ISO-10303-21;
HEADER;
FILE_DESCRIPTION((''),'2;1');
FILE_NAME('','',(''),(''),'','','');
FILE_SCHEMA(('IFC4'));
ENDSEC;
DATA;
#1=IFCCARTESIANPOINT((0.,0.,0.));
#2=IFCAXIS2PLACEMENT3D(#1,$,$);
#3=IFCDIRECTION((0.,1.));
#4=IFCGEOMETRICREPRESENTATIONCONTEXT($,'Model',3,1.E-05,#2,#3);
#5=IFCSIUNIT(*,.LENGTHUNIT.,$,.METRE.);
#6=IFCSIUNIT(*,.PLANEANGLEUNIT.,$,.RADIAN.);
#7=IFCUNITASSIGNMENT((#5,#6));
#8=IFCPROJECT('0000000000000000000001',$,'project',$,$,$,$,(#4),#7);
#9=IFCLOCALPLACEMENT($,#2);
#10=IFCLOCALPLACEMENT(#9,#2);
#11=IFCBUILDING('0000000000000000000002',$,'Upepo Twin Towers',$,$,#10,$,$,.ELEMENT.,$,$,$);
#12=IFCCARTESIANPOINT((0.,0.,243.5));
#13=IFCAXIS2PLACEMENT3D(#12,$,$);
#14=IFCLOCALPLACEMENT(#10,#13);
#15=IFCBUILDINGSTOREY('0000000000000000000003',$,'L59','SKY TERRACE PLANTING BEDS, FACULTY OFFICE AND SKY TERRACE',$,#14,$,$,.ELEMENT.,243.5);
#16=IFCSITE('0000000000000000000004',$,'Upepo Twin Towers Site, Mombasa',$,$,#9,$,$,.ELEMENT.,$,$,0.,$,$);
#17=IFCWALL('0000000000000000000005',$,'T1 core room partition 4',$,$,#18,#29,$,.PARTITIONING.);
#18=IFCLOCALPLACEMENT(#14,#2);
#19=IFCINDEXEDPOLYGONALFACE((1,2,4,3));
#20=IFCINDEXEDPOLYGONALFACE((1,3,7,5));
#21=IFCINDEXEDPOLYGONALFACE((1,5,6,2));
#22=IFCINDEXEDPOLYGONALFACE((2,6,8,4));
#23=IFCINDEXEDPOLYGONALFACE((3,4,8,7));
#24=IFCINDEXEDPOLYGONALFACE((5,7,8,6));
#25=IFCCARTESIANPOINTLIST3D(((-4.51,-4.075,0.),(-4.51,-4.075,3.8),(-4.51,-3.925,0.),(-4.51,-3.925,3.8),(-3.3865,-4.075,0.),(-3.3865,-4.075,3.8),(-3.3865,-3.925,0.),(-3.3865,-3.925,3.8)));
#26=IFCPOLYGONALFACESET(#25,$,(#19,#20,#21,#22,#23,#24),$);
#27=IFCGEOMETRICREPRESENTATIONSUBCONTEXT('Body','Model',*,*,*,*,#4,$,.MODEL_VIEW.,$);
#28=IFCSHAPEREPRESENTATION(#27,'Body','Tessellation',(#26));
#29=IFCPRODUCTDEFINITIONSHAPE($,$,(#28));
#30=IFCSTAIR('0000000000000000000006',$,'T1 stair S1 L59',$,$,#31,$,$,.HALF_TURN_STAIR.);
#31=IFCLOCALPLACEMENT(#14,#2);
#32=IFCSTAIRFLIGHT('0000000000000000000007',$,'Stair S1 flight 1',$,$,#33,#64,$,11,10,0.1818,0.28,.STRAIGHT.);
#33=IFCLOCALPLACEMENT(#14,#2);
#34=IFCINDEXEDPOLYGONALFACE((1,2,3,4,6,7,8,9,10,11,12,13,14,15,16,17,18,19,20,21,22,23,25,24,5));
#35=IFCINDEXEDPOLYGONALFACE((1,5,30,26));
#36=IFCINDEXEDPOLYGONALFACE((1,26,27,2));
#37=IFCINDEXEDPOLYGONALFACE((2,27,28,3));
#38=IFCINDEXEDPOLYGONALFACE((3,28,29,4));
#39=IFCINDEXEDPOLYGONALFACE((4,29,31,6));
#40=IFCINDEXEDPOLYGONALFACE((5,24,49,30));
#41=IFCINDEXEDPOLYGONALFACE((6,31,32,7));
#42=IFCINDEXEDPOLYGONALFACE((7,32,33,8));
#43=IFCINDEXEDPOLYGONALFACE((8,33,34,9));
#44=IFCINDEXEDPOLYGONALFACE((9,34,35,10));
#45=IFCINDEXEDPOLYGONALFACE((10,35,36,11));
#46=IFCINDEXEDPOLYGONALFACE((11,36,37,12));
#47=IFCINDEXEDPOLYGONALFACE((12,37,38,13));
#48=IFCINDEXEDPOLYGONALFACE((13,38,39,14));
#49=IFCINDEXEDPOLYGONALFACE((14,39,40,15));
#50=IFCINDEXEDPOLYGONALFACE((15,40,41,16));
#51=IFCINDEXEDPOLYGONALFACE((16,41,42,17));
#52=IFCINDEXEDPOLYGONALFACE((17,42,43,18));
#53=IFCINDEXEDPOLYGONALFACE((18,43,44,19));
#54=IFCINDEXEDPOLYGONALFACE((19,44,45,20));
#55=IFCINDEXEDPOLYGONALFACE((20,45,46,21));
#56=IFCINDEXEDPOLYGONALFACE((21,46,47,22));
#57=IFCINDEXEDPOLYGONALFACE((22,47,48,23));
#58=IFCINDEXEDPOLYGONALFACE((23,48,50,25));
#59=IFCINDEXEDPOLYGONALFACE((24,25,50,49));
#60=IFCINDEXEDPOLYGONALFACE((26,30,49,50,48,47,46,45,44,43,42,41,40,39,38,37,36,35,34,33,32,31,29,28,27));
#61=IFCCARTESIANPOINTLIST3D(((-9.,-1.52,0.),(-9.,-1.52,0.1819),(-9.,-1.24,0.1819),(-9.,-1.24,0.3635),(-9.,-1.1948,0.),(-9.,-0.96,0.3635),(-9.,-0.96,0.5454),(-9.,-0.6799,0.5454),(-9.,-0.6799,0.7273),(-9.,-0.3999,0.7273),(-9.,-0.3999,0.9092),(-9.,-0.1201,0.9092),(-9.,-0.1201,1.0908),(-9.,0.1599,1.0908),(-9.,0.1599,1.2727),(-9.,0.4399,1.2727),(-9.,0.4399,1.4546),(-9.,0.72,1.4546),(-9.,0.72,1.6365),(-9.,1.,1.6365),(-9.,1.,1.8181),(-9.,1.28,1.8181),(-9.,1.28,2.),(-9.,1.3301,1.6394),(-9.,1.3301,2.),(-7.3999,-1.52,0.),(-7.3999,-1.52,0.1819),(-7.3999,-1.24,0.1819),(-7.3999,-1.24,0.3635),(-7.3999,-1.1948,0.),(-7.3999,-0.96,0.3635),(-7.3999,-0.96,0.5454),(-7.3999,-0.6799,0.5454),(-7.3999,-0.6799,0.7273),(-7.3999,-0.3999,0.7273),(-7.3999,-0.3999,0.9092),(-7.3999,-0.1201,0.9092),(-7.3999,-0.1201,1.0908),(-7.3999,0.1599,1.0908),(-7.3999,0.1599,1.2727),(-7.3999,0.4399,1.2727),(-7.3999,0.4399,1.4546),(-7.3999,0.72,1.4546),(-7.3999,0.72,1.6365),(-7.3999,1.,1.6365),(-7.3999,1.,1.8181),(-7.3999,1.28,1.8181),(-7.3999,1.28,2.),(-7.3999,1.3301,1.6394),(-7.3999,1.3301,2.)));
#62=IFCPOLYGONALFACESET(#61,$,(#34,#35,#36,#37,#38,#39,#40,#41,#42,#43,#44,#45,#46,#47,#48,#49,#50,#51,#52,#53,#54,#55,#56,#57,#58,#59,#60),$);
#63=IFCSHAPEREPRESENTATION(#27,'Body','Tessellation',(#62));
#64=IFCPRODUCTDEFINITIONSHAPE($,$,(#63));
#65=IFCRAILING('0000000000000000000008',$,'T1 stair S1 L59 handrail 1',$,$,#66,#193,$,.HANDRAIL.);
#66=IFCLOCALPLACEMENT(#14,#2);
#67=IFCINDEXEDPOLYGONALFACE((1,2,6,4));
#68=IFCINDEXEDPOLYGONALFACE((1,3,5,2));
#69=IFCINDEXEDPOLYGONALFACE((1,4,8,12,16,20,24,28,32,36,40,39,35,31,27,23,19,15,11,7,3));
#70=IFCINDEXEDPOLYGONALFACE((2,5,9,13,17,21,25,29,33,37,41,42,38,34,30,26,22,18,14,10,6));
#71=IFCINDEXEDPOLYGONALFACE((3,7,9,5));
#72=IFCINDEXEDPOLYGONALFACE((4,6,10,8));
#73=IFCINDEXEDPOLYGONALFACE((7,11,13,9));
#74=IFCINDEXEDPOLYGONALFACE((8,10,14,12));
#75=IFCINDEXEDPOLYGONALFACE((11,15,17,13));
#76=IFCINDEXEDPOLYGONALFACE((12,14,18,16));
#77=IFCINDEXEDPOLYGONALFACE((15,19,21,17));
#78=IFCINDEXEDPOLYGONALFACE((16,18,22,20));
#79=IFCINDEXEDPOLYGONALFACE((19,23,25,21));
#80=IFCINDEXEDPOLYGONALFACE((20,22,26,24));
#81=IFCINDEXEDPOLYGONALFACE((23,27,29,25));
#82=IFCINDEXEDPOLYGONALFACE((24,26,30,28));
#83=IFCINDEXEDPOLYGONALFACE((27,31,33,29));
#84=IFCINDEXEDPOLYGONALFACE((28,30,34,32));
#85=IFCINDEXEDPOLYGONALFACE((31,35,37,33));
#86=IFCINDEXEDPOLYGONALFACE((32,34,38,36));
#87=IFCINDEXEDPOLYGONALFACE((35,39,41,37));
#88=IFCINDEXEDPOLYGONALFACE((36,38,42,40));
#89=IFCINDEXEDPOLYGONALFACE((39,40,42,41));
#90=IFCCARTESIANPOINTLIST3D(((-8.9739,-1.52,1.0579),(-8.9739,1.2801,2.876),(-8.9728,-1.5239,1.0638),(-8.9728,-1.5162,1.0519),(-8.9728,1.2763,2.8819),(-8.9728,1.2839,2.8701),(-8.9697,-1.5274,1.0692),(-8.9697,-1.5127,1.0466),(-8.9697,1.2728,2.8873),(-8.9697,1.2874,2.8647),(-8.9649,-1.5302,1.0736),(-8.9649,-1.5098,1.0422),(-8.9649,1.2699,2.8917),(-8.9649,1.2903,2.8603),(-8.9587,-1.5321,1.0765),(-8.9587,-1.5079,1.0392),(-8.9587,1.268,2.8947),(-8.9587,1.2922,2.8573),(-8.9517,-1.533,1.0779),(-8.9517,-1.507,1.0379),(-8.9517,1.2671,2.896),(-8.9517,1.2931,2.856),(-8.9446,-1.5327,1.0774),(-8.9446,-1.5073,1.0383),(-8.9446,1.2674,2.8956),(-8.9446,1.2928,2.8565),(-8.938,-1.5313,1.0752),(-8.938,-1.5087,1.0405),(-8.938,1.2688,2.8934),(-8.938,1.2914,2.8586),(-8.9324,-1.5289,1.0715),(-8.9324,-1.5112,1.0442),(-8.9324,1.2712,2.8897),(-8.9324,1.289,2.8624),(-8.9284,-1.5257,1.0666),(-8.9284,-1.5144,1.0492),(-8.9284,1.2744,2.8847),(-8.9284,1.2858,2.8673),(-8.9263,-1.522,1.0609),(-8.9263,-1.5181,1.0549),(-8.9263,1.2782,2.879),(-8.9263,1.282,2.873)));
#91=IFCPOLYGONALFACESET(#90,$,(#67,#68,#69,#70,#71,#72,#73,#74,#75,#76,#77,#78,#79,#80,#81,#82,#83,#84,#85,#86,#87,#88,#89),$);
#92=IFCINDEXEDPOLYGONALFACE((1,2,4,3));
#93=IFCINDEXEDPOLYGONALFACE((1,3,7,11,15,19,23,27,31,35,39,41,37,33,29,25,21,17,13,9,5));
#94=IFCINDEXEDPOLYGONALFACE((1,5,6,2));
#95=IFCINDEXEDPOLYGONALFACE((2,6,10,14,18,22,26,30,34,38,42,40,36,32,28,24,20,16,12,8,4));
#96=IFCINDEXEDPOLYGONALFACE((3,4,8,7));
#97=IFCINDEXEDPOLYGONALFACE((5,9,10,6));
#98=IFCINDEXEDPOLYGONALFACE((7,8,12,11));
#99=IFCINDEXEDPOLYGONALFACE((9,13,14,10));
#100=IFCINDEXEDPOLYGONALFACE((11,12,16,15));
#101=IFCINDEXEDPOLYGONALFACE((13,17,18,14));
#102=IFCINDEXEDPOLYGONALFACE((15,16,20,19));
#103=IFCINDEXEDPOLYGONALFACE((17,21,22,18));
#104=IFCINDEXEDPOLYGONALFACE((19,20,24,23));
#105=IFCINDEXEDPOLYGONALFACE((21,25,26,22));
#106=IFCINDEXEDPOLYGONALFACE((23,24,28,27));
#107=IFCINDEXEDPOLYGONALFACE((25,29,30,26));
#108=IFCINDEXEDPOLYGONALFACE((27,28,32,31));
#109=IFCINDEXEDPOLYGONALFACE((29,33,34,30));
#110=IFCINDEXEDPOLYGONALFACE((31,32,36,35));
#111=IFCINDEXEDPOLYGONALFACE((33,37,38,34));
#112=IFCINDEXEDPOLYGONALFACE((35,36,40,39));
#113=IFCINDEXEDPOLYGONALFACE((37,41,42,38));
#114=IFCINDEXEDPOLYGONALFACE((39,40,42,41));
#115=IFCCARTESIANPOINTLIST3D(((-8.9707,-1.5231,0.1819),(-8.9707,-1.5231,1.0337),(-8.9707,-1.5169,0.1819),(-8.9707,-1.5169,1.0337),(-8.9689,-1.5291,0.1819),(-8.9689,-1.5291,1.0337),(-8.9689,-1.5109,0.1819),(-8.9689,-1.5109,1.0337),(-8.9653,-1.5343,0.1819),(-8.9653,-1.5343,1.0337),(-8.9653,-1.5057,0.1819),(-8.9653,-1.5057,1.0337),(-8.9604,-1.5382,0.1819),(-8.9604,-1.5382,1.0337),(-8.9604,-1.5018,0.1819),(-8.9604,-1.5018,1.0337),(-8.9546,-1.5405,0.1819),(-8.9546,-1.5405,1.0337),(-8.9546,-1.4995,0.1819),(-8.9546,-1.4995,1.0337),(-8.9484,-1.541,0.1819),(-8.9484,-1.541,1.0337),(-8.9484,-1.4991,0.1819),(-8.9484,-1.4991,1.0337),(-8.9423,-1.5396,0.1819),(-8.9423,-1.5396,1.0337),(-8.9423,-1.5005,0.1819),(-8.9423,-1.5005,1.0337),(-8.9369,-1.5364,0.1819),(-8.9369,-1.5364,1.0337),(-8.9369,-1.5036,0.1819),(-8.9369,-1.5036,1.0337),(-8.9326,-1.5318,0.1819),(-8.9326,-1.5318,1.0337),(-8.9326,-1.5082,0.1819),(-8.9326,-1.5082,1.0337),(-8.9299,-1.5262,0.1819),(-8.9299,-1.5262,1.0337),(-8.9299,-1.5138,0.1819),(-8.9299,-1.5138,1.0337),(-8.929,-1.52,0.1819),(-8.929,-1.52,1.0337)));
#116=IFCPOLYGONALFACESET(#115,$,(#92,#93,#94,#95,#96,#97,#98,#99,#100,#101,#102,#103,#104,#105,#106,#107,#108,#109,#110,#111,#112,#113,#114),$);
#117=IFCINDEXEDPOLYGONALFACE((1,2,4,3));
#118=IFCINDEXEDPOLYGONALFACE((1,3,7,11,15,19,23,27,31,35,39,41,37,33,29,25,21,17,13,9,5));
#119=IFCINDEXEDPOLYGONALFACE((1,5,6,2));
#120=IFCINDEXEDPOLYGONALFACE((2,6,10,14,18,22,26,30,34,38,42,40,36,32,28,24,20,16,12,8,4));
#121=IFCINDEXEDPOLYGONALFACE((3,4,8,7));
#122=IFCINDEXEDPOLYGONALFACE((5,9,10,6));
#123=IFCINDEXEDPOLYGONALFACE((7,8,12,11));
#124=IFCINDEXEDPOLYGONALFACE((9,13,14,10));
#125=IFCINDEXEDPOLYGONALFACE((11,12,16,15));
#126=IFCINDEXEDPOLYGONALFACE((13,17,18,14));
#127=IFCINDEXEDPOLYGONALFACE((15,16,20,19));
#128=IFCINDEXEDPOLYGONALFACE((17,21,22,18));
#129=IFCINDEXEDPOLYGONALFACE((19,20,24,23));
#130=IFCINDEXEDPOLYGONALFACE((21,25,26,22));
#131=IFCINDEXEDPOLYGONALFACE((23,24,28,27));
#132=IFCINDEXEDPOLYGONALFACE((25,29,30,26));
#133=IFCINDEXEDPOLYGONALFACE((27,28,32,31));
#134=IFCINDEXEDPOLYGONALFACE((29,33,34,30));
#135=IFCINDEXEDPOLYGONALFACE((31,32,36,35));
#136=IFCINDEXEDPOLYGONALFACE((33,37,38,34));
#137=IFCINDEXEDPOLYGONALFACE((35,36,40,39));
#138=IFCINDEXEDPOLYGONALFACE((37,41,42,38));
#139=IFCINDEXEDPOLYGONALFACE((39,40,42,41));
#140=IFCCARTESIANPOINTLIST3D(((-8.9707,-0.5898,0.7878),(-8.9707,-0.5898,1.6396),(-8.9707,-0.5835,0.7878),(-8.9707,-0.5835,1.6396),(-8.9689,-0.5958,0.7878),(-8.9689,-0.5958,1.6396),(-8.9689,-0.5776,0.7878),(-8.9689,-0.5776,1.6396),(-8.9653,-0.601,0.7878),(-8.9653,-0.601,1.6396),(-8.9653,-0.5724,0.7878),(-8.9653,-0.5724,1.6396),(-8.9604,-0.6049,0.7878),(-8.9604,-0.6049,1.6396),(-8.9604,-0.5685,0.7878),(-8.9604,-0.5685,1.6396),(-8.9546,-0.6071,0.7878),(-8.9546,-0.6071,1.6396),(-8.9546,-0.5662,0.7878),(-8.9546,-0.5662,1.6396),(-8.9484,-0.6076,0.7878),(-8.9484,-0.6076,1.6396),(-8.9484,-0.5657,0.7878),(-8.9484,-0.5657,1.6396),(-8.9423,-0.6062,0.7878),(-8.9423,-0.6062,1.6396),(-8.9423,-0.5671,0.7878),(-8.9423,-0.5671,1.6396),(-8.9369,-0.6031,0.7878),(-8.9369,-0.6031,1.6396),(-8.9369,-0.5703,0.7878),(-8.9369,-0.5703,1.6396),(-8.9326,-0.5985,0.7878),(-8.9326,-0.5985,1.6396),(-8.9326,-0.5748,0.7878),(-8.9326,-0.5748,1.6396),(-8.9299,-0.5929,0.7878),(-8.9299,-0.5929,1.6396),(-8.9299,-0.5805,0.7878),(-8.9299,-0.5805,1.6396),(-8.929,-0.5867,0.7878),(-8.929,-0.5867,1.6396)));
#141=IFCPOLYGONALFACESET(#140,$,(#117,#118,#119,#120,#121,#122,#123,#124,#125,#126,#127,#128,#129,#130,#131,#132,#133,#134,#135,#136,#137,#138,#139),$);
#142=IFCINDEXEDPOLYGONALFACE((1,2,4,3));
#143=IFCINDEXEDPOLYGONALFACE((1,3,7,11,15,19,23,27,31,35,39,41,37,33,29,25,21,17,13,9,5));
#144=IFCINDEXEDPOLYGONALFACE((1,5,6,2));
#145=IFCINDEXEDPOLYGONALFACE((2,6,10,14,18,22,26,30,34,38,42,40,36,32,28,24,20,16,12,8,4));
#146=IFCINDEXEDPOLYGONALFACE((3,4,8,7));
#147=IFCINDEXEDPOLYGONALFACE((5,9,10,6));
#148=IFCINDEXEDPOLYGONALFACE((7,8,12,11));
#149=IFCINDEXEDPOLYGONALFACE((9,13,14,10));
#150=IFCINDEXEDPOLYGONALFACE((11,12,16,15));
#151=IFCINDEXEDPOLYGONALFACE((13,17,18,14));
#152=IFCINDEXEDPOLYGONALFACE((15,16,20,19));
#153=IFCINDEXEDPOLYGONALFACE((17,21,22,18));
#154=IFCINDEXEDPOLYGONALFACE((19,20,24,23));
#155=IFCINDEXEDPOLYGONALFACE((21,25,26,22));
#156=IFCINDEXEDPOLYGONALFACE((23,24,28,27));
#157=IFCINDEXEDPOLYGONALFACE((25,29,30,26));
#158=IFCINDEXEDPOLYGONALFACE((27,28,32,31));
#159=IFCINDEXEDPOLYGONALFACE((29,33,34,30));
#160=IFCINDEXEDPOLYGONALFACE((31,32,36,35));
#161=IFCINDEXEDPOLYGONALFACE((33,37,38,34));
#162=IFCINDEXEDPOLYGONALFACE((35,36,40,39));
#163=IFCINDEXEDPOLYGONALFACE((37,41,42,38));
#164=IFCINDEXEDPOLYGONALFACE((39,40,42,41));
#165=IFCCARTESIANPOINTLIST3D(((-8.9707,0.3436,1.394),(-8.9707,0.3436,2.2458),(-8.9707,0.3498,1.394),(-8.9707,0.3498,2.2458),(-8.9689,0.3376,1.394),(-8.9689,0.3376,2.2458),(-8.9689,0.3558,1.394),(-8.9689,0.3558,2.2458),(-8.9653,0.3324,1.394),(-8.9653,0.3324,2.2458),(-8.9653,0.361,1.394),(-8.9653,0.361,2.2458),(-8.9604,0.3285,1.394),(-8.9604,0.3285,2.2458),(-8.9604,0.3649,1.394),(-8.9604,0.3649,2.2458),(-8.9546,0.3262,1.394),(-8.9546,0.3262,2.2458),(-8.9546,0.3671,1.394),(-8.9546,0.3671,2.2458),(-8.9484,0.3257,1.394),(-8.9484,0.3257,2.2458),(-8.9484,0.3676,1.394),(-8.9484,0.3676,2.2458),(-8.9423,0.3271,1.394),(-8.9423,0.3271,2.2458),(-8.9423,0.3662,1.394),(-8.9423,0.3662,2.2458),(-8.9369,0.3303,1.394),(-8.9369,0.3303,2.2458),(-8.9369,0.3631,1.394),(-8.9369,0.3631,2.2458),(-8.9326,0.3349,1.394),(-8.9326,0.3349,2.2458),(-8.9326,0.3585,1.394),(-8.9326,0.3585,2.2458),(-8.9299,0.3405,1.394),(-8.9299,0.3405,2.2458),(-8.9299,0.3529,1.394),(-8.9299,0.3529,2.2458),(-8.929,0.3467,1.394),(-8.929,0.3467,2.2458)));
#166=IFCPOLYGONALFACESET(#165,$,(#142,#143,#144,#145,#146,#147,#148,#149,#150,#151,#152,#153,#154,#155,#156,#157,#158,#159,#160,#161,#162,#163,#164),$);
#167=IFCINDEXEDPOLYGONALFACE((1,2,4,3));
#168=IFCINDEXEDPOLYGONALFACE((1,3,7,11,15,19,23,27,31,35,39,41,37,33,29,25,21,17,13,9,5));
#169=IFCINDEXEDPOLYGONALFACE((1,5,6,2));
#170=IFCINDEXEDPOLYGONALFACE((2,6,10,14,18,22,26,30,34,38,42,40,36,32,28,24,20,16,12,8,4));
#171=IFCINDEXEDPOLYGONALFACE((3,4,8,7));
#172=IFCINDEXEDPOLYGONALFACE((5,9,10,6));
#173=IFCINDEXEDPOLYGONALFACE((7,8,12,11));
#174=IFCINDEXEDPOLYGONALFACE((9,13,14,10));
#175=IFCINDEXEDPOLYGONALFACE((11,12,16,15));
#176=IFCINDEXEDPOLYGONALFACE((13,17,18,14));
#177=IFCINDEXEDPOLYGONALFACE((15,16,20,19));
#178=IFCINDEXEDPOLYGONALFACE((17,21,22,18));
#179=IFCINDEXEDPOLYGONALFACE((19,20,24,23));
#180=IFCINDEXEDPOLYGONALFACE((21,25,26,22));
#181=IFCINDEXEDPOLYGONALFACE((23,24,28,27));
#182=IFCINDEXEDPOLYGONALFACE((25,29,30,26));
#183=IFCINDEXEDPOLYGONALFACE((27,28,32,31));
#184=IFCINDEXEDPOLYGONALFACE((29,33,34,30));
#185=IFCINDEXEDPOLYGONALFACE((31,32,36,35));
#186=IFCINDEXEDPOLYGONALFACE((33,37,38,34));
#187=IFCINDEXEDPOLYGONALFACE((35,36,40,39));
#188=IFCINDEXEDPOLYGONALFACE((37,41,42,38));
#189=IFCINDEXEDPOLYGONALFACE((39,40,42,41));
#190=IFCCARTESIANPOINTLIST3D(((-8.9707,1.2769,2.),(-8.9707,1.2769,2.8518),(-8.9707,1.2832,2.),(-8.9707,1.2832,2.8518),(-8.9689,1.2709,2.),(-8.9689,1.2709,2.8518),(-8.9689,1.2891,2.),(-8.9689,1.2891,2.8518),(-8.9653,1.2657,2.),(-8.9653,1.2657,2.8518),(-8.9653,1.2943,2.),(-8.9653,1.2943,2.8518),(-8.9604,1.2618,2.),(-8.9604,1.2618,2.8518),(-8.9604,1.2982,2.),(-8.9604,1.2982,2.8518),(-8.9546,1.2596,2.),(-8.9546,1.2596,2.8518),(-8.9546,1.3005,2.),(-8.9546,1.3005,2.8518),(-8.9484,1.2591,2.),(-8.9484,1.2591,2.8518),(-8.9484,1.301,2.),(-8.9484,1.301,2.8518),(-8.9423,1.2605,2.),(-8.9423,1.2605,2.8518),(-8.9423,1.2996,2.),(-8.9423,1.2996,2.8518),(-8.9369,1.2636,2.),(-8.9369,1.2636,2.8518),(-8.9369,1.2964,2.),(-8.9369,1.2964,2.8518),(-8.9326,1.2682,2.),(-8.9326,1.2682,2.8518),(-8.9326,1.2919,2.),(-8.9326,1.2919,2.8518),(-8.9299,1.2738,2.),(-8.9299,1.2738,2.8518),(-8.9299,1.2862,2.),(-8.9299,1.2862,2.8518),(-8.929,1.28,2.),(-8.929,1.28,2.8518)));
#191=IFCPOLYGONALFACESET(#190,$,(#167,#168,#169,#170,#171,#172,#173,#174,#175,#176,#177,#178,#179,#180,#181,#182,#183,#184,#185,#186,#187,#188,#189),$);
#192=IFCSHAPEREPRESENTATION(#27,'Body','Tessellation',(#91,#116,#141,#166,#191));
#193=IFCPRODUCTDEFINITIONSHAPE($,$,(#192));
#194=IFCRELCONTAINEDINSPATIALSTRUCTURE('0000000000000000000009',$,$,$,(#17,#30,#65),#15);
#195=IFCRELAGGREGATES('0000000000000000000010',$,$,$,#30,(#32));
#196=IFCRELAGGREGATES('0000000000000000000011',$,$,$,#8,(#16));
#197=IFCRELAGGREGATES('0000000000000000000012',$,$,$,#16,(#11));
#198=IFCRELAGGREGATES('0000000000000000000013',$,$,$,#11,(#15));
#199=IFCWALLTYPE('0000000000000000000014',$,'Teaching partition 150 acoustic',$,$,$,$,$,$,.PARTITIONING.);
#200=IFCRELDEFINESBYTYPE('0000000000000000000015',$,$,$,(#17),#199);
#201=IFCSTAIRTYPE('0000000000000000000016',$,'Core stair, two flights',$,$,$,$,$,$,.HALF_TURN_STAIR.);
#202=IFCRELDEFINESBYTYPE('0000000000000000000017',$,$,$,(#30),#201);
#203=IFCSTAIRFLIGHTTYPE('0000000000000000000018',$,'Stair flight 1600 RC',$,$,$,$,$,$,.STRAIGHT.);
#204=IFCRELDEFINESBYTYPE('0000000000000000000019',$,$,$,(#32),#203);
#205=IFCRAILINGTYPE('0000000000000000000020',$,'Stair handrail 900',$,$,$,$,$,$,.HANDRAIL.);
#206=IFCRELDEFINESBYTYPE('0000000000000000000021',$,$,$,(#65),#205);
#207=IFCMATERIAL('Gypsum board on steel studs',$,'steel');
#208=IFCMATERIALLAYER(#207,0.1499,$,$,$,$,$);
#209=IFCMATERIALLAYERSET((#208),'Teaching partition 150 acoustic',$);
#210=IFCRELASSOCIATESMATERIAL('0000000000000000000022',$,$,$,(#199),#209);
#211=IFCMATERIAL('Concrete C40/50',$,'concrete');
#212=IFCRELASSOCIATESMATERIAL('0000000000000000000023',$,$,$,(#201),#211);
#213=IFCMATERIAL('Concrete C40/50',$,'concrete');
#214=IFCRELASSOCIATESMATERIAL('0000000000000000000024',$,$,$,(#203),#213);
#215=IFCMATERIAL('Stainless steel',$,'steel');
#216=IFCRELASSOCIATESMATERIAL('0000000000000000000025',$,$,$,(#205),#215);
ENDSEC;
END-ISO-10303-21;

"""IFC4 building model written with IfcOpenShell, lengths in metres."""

from ifc_helpers import new_model, si_unit, direction, frame, frame_2d, origin, origin_2d, place, context, subcontext, project, spatial, polyline, rectangle, circle, outline, extrude, material, layer, layer_set, type_object, element, aggregate, save


model = new_model("IFC4")

# Units and contexts
model_context = context("Model", 3, precision=1e-05, world=origin(), true_north=direction((0.0, 1.0)))
body_context = subcontext(model_context, "Body", "Model", "MODEL_VIEW")
ifc_project = project(units=[si_unit("LENGTHUNIT", "METRE"), si_unit("PLANEANGLEUNIT", "RADIAN")], contexts=[model_context])

# Site, building, storey
site_placement = place(None, origin())
site = spatial("IfcSite", under=ifc_project, at=site_placement, Name="Upepo Twin Towers Site, Mombasa", CompositionType="ELEMENT", RefElevation=0.0)
building_placement = place(site_placement, origin())
building = spatial("IfcBuilding", under=site, at=building_placement, Name="Upepo Twin Towers", CompositionType="ELEMENT")
storey_placement = place(building_placement, frame((0.0, 0.0, 243.5)))
storey = spatial("IfcBuildingStorey", under=building, at=storey_placement, Name="L59", Description="SKY TERRACE PLANTING BEDS, FACULTY OFFICE AND SKY TERRACE", CompositionType="ELEMENT", Elevation=243.5)

# Shared definitions
ifc_material_1 = material(Name="Gypsum board on steel studs", Category="steel")
ifc_layer_1 = layer(ifc_material_1, 0.1499)
ifc_layer_set_1 = layer_set([ifc_layer_1], Name="Teaching partition 150 acoustic")
wall_type_1 = type_object("IfcWallType", Name="Teaching partition 150 acoustic", PredefinedType="PARTITIONING", material=ifc_layer_set_1)

# Wall
wall_1_placement = place(storey_placement, frame((-3.3865, -4.0, 0.0), z_axis=(0.0, 0.0, 1.0), x_axis=(-1.0, 0.0, 0.0)))
element("IfcWall", 1, at=wall_1_placement, inside=storey, type_object=wall_type_1, Name="T1 core room partition 4", PredefinedType="PARTITIONING", context=body_context, shape_type="SweptSolid", body=[
    extrude(rectangle(XDim=1.1235, YDim=0.1499, at=frame_2d((0.5618, 0.0))), origin(), (0.0, 0.0, 1.0), 3.8),
])

# Stair, stair flight
ifc_material_2 = material(Name="Concrete C40/50", Category="concrete")
stair_type = type_object("IfcStairType", Name="Core stair, two flights", PredefinedType="HALF_TURN_STAIR", material=ifc_material_2)
stair_placement = place(storey_placement, origin())
stair = element("IfcStair", 2, at=stair_placement, inside=storey, type_object=stair_type, Name="T1 stair S1 L59", PredefinedType="HALF_TURN_STAIR")
ifc_material_3 = material(Name="Concrete C40/50", Category="concrete")
stair_flight_type = type_object("IfcStairFlightType", Name="Stair flight 1600 RC", PredefinedType="STRAIGHT", material=ifc_material_3)
stair_flight_placement = place(storey_placement, frame((-8.2, -1.52, 0.0), z_axis=(0.0, 0.0, 1.0), x_axis=(0.0, 1.0, 0.0)))
stair_flight = element("IfcStairFlight", 3, at=stair_flight_placement, type_object=stair_flight_type, Name="Stair S1 flight 1", NumberOfRisers=11, NumberOfTreads=10, PredefinedType="STRAIGHT", RiserHeight=0.1818, TreadLength=0.28, context=body_context, shape_type="SweptSolid", body=[
    extrude(outline(polyline([(0.0, 0.0), (0.0, 0.1819), (0.28, 0.1819), (0.28, 0.3635), (0.5601, 0.3635), (0.5601, 0.5454), (0.8401, 0.5454), (0.8401, 0.7273), (1.1201, 0.7273), (1.1201, 0.9092), (1.3999, 0.9092), (1.3999, 1.0908), (1.6799, 1.0908), (1.6799, 1.2727), (1.96, 1.2727), (1.96, 1.4546), (2.24, 1.4546), (2.24, 1.6365), (2.52, 1.6365), (2.52, 1.8181), (2.8, 1.8181), (2.8, 2.0), (2.8501, 2.0), (2.8501, 1.6394), (0.3252, 0.0), (0.0, 0.0)])), frame((0.0, 0.8, 0.0), z_axis=(0.0, -1.0, 0.0), x_axis=(1.0, 0.0, 0.0)), (0.0, 0.0, 1.0), 1.6001),
])
aggregate(stair, [stair_flight])

# Railing
ifc_material_4 = material(Name="Stainless steel", Category="steel")
railing_type = type_object("IfcRailingType", Name="Stair handrail 900", PredefinedType="HANDRAIL", material=ifc_material_4)
railing_placement = place(storey_placement, frame((-8.95, -1.52, 0.1819)))
element("IfcRailing", 4, at=railing_placement, inside=storey, type_object=railing_type, Name="T1 stair S1 L59 handrail 1", PredefinedType="HANDRAIL", context=body_context, shape_type="SweptSolid", body=[
    extrude(circle(Radius=0.0239, at=origin_2d()), frame((0.0, 0.0, 0.876), z_axis=(0.0, 0.838706, 0.544585), x_axis=(-1.0, 0.0, 0.0)), (0.0, 0.0, 1.0), 3.3386),
    extrude(circle(Radius=0.021, at=origin_2d()), origin(), (0.0, 0.0, 1.0), 0.8518),
    extrude(circle(Radius=0.021, at=origin_2d()), frame((0.0, 0.9333, 0.606)), (0.0, 0.0, 1.0), 0.8518),
    extrude(circle(Radius=0.021, at=origin_2d()), frame((0.0, 1.8667, 1.2122)), (0.0, 0.0, 1.0), 0.8518),
    extrude(circle(Radius=0.021, at=origin_2d()), frame((0.0, 2.8, 1.8181)), (0.0, 0.0, 1.0), 0.8518),
])

save(model, "model.ifc")
